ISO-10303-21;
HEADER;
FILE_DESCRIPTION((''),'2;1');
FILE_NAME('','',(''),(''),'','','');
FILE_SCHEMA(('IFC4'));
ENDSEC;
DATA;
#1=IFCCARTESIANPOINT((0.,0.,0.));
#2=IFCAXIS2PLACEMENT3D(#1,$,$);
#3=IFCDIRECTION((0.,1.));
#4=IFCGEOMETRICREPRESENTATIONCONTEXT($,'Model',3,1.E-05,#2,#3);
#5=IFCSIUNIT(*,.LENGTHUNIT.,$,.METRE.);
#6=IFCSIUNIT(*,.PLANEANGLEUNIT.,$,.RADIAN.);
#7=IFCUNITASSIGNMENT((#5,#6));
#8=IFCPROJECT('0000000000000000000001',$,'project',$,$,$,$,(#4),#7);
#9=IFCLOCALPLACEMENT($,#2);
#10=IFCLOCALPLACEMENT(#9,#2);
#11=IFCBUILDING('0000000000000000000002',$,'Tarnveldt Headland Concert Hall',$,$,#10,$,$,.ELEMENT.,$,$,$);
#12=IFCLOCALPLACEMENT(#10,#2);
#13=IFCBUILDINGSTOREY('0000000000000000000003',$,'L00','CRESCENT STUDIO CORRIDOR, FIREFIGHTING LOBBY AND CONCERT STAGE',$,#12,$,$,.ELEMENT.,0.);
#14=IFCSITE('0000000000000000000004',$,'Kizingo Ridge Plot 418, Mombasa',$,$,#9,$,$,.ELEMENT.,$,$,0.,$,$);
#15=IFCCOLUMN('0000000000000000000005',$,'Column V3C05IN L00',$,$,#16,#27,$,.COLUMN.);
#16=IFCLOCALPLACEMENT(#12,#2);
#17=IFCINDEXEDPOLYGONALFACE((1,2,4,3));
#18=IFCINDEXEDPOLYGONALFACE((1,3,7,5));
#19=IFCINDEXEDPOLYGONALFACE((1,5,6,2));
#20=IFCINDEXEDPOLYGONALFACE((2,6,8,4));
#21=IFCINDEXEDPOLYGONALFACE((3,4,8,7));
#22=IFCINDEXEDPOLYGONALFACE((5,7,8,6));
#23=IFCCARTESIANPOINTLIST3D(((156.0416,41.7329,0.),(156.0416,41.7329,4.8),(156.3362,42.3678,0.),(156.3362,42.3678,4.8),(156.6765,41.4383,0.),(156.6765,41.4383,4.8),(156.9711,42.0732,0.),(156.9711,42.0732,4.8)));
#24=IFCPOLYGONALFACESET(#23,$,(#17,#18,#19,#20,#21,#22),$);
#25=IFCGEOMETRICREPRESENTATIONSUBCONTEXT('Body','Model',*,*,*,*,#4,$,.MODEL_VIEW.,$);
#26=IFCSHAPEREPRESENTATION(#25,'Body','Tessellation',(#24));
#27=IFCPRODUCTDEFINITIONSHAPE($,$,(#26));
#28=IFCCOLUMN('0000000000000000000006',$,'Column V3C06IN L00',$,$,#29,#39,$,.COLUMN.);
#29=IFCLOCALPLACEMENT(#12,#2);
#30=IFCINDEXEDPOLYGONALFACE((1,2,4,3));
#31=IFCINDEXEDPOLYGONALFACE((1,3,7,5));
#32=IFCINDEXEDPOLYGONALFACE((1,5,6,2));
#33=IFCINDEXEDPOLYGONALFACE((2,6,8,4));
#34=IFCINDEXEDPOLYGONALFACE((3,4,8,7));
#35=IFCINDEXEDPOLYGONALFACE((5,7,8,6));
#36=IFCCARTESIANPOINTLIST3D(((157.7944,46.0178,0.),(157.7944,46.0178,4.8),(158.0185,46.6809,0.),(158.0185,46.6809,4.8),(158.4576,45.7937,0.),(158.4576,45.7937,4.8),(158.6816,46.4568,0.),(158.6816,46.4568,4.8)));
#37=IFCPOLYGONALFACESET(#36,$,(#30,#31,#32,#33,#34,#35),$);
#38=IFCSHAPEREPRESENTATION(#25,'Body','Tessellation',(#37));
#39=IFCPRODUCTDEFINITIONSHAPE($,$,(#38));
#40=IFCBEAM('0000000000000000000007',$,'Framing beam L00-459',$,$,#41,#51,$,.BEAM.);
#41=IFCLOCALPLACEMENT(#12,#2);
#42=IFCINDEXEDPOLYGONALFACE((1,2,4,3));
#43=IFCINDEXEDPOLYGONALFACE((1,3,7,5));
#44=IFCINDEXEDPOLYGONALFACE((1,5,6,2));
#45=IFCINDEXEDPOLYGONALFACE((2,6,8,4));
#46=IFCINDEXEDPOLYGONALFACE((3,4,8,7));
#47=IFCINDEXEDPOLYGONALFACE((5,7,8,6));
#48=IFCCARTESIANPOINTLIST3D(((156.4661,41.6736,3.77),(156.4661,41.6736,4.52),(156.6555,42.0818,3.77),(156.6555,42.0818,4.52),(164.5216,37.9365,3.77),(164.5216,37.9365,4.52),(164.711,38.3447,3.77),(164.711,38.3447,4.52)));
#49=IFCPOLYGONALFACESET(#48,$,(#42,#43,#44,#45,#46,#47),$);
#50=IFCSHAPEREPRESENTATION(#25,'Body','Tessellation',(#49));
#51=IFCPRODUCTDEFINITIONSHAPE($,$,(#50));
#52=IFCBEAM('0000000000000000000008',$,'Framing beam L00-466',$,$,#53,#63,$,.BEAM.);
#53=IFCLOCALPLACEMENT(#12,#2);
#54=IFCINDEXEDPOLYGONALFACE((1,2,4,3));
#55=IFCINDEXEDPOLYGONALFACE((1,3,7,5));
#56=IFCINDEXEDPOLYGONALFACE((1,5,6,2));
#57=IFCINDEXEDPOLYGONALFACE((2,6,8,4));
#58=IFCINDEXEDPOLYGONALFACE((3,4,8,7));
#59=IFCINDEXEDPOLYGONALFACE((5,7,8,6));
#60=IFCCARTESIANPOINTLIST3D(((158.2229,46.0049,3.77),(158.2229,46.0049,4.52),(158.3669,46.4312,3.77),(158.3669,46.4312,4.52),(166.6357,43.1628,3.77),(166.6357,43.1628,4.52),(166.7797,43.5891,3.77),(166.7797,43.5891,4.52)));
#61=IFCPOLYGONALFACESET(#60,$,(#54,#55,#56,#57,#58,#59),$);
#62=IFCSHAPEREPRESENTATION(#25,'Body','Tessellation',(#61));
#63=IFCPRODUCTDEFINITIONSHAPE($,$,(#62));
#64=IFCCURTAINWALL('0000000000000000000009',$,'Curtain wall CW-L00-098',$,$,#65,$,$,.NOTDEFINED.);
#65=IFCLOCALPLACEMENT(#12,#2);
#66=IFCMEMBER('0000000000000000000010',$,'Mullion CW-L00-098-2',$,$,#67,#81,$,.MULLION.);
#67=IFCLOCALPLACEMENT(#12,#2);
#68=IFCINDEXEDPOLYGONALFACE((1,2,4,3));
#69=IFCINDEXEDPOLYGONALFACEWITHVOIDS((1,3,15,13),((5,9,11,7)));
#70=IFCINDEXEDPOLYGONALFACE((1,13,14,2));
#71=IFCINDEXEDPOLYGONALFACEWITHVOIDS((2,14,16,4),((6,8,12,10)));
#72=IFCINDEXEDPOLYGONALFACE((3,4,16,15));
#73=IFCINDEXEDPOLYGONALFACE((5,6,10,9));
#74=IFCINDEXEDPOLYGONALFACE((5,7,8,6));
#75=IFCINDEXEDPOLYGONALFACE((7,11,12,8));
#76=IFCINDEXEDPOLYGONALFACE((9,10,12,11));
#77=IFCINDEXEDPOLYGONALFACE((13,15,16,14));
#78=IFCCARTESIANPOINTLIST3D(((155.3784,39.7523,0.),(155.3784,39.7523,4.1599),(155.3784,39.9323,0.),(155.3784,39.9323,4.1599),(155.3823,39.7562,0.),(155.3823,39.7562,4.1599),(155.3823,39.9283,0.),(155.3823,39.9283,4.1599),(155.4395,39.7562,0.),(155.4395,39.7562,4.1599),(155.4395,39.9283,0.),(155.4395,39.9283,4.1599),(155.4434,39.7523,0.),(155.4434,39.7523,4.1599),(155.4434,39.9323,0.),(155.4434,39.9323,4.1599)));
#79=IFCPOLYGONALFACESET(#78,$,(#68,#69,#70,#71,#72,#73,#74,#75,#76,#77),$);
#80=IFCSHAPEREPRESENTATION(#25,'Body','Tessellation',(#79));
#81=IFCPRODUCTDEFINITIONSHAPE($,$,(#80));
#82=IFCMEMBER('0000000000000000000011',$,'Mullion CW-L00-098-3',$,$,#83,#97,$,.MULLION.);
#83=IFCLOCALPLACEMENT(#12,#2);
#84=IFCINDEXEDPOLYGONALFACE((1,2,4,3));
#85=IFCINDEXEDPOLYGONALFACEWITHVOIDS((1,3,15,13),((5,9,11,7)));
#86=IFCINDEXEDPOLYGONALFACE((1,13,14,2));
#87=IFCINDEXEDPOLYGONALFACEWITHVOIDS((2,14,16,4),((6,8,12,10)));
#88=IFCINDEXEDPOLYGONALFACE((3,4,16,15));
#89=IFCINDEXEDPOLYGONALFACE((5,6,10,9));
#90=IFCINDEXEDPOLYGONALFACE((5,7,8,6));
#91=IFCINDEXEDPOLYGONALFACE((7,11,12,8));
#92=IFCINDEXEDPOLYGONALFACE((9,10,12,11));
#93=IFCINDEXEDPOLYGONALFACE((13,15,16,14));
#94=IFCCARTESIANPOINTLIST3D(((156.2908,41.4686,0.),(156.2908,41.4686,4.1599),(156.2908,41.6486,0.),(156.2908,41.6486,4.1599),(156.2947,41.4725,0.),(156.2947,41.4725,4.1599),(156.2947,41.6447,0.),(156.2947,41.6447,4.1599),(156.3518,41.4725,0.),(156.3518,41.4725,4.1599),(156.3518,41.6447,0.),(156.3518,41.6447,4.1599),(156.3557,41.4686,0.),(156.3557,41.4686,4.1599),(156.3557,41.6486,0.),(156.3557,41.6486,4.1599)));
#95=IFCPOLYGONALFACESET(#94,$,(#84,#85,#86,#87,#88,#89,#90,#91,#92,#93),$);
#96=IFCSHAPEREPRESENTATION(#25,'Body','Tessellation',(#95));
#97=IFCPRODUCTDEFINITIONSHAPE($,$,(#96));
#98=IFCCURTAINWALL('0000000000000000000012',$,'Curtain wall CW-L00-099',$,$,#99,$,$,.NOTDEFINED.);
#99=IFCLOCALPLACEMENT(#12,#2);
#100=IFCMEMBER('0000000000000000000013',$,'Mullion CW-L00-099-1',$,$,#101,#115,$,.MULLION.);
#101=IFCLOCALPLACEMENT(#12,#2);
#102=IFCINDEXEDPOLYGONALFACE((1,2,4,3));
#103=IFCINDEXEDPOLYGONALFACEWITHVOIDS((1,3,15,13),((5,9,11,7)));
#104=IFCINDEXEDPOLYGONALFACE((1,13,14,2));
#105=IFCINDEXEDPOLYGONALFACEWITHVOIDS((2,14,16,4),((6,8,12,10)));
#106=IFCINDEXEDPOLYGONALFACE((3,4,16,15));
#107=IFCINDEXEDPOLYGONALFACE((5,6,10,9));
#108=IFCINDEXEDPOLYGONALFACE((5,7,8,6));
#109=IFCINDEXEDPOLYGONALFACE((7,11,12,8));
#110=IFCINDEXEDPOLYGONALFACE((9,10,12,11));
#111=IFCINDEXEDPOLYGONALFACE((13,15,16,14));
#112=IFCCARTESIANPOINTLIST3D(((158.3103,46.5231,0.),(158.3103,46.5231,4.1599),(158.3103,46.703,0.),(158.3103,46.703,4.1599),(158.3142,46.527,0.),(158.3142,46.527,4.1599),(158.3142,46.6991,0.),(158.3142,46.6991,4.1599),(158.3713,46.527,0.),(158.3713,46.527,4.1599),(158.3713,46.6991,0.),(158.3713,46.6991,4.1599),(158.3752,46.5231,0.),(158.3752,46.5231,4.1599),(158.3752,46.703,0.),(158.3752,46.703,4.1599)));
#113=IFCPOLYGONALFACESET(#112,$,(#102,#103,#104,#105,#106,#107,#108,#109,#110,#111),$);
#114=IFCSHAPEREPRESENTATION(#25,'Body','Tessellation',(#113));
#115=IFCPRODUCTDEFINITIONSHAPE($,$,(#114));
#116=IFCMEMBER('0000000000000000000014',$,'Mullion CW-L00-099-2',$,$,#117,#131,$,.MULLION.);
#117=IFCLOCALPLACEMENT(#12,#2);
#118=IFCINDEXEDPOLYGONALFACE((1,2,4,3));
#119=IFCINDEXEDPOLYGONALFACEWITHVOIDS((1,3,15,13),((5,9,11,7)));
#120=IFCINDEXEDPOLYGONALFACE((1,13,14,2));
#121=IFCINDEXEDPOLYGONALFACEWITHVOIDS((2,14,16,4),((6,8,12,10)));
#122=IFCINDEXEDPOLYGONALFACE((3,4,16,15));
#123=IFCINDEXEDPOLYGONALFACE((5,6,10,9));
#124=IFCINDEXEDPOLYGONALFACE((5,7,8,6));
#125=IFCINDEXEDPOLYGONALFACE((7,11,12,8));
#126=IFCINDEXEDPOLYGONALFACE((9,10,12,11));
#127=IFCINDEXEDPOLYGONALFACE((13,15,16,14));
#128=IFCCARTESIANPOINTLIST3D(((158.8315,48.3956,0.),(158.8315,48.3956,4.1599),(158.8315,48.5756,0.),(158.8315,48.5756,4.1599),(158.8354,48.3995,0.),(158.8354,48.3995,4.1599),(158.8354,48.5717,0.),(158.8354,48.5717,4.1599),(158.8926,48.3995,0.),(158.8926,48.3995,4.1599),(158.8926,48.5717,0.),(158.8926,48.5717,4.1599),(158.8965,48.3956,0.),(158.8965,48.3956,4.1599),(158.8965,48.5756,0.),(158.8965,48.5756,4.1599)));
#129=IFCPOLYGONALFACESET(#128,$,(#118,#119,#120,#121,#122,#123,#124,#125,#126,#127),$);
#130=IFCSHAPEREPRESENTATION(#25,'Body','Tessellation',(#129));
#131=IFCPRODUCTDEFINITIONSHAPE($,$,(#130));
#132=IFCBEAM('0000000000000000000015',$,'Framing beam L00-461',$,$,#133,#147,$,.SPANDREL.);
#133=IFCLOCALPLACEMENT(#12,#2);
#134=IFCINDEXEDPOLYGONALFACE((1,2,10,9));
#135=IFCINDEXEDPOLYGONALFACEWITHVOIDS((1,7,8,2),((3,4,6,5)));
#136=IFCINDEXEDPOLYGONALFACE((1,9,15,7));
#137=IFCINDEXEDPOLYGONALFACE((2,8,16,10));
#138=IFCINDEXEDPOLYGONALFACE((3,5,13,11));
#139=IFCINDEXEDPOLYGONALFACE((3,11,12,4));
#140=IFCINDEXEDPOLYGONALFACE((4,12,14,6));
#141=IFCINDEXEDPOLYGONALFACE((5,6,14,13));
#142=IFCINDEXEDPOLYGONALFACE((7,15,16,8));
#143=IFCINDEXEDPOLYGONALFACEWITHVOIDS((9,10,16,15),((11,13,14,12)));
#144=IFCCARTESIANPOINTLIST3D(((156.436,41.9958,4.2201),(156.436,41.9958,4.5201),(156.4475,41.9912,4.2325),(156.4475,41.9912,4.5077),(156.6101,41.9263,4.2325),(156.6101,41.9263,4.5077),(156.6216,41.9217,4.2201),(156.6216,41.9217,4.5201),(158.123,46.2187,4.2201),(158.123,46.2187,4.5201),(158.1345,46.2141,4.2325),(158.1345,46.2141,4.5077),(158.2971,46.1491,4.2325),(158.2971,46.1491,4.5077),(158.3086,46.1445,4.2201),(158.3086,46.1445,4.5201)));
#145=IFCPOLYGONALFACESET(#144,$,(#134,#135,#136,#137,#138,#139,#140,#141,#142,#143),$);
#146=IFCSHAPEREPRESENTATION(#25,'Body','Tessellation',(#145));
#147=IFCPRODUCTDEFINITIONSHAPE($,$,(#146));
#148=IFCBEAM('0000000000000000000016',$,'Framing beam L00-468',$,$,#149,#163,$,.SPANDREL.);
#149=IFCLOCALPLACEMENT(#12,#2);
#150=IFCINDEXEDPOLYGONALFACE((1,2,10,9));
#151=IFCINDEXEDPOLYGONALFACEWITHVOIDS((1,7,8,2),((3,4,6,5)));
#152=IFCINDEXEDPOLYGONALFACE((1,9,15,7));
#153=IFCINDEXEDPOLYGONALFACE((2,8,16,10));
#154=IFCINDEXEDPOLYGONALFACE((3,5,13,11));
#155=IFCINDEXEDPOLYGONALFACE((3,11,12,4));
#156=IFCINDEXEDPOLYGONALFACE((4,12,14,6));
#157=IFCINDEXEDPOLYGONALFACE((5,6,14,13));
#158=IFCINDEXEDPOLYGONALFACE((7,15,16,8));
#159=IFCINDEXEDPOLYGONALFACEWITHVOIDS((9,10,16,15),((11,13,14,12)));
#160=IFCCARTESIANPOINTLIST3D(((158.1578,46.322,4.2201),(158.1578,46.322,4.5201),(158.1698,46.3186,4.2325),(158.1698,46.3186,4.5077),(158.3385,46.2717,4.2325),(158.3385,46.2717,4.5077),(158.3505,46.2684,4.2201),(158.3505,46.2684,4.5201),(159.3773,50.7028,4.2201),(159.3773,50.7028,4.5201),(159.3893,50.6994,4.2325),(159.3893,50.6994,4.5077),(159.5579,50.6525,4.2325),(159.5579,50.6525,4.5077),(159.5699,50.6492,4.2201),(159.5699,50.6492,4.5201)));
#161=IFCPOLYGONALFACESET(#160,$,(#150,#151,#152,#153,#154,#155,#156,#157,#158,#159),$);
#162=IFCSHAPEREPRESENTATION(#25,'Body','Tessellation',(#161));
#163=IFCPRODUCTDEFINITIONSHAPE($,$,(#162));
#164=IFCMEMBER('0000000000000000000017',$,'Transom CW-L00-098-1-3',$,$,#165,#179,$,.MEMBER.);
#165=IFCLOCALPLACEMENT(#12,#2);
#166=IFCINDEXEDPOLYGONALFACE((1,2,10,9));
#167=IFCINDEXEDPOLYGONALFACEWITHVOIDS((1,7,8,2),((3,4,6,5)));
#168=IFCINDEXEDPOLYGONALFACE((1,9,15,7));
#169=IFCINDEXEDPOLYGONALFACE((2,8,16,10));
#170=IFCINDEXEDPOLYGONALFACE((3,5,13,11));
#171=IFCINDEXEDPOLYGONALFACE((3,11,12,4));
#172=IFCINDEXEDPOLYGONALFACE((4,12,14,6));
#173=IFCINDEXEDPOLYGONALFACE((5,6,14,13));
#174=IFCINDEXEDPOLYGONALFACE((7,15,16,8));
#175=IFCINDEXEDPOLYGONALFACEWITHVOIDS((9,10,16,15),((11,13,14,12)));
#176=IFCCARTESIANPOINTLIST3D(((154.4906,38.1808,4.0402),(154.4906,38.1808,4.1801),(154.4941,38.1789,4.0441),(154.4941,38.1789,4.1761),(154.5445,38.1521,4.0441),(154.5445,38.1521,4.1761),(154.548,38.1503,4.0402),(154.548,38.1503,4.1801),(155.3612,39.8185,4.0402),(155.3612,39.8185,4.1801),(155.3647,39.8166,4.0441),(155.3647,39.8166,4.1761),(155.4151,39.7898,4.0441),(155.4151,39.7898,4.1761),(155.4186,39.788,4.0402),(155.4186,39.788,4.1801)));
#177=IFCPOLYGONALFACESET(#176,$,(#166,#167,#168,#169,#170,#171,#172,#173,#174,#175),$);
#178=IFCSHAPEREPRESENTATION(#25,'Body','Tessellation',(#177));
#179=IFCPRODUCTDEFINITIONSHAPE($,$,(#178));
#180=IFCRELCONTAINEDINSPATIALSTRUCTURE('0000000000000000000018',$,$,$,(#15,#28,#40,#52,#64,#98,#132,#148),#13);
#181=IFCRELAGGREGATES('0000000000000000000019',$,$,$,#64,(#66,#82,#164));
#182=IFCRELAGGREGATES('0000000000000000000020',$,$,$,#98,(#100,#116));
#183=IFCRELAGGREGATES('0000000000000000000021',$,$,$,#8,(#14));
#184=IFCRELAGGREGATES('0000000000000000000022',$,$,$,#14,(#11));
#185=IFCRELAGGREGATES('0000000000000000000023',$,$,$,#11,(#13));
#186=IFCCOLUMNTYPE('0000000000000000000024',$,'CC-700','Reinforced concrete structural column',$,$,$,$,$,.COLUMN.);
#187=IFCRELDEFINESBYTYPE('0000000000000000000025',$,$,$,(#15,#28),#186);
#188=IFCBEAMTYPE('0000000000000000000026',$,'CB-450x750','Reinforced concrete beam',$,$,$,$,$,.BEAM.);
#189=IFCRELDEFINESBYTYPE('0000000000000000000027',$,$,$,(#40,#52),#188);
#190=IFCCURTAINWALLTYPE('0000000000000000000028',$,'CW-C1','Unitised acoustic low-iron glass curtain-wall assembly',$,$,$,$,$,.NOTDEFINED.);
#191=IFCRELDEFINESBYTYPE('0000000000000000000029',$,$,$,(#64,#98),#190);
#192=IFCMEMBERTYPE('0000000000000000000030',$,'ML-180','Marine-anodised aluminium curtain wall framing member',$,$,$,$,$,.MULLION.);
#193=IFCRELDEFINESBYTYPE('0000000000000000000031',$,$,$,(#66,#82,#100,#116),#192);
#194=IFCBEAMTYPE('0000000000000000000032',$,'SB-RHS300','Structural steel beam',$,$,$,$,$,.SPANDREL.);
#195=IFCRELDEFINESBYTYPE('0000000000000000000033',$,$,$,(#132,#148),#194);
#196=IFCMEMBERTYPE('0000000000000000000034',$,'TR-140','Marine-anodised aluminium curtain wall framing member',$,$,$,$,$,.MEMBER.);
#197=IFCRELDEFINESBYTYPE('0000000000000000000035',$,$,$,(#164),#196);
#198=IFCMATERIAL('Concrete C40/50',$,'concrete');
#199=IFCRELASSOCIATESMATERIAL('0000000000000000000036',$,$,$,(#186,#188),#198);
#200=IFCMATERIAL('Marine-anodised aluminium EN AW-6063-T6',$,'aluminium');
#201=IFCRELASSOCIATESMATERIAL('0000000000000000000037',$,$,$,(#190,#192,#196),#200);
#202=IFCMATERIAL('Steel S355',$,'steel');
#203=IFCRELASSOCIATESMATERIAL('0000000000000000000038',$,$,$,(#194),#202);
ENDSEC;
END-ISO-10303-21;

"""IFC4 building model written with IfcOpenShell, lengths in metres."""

from ifc_helpers import new_model, si_unit, direction, frame, origin, origin_2d, place, context, subcontext, project, spatial, rectangle, hollow_rectangle, extrude, material, material_profile, profile_set, type_object, element, aggregate, save


model = new_model("IFC4")

# Units and contexts
model_context = context("Model", 3, precision=1e-05, world=origin(), true_north=direction((0.0, 1.0)))
body_context = subcontext(model_context, "Body", "Model", "MODEL_VIEW")
ifc_project = project(units=[si_unit("LENGTHUNIT", "METRE"), si_unit("PLANEANGLEUNIT", "RADIAN")], contexts=[model_context])

# Site, building, storey
site_placement = place(None, origin())
site = spatial("IfcSite", under=ifc_project, at=site_placement, Name="Kizingo Ridge Plot 418, Mombasa", CompositionType="ELEMENT", RefElevation=0.0)
building_placement = place(site_placement, origin())
building = spatial("IfcBuilding", under=site, at=building_placement, Name="Tarnveldt Headland Concert Hall", CompositionType="ELEMENT")
storey_placement = place(building_placement, origin())
storey = spatial("IfcBuildingStorey", under=building, at=storey_placement, Name="L00", Description="CRESCENT STUDIO CORRIDOR, FIREFIGHTING LOBBY AND CONCERT STAGE", CompositionType="ELEMENT", Elevation=0.0)

# Columns
ifc_material_1 = material(Name="Concrete C40/50", Category="concrete")
ifc_material_profile_1 = material_profile(ifc_material_1, rectangle(XDim=0.7, YDim=0.7, at=origin_2d()), Name="RC 700x700", Category="concrete")
ifc_profile_set_1 = profile_set([ifc_material_profile_1], Name="Concrete C40/50")
column_type = type_object("IfcColumnType", Name="CC-700", Description="Reinforced concrete structural column", PredefinedType="COLUMN", material=ifc_profile_set_1)
for number, where, z_axis, x_axis, name in (
    (1, (156.5063, 41.9031, 0.0), (0.0, 0.0, 1.0), (0.907117, -0.420877, 0.0), "Column V3C05IN L00"),
    (2, (158.238, 46.2373, 0.0), (0.0, 0.0, 1.0), (0.947378, -0.320117, 0.0), "Column V3C06IN L00"),
):
    element("IfcColumn", number, at=place(storey_placement, frame(where, z_axis=z_axis, x_axis=x_axis)), inside=storey, type_object=column_type, Name=name, PredefinedType="COLUMN", context=body_context, shape_type="SweptSolid", body=[
        extrude(rectangle(XDim=0.7, YDim=0.7, at=origin_2d()), origin(), (0.0, 0.0, 1.0), 4.8),
    ])

# Beams
ifc_material_profile_2 = material_profile(ifc_material_1, rectangle(XDim=0.45, YDim=0.75, at=origin_2d()), Name="RC 450x750", Category="concrete")
ifc_profile_set_2 = profile_set([ifc_material_profile_2], Name="Concrete C40/50")
beam_type_1 = type_object("IfcBeamType", Name="CB-450x750", Description="Reinforced concrete beam", PredefinedType="BEAM", material=ifc_profile_set_2)
beam_1_placement = place(storey_placement, frame((156.5608, 41.8777, 4.145), z_axis=(0.907136, -0.420837, 0.0), x_axis=(0.420837, 0.907136, 0.0)))
element("IfcBeam", 3, at=beam_1_placement, inside=storey, type_object=beam_type_1, Name="Framing beam L00-459", PredefinedType="BEAM", context=body_context, shape_type="SweptSolid", body=[
    extrude(rectangle(XDim=0.45, YDim=0.75, at=origin_2d()), origin(), (0.0, 0.0, 1.0), 8.8801),
])
beam_2_placement = place(storey_placement, frame((158.2949, 46.218, 4.145), z_axis=(0.9474, -0.320052, 0.0), x_axis=(0.320052, 0.9474, 0.0)))
element("IfcBeam", 4, at=beam_2_placement, inside=storey, type_object=beam_type_1, Name="Framing beam L00-466", PredefinedType="BEAM", context=body_context, shape_type="SweptSolid", body=[
    extrude(rectangle(XDim=0.45, YDim=0.75, at=origin_2d()), origin(), (0.0, 0.0, 1.0), 8.8799),
])

# Curtain walls, members
ifc_material_2 = material(Name="Marine-anodised aluminium EN AW-6063-T6", Category="aluminium")
curtain_wall_type = type_object("IfcCurtainWallType", Name="CW-C1", Description="Unitised acoustic low-iron glass curtain-wall assembly", PredefinedType="NOTDEFINED", material=ifc_material_2)
curtain_wall_1_placement = place(storey_placement, origin())
curtain_wall_1 = element("IfcCurtainWall", 5, at=curtain_wall_1_placement, inside=storey, type_object=curtain_wall_type, Name="Curtain wall CW-L00-098", PredefinedType="NOTDEFINED")
ifc_material_profile_3 = material_profile(ifc_material_2, hollow_rectangle(XDim=0.0649, YDim=0.1799, WallThickness=0.0039, at=origin_2d()), Name="ALU MULLION 65x180x4", Category="aluminium")
ifc_profile_set_3 = profile_set([ifc_material_profile_3], Name="Marine-anodised aluminium EN AW-6063-T6")
member_type_1 = type_object("IfcMemberType", Name="ML-180", Description="Marine-anodised aluminium curtain wall framing member", PredefinedType="MULLION", material=ifc_profile_set_3)
member_1_placement = place(storey_placement, frame((155.4109, 39.8423, 0.0), z_axis=(0.0, 0.0, 1.0), x_axis=(1.0, 0.0, 0.0)))
member_1 = element("IfcMember", 6, at=member_1_placement, type_object=member_type_1, Name="Mullion CW-L00-098-2", PredefinedType="MULLION", context=body_context, shape_type="SweptSolid", body=[
    extrude(hollow_rectangle(XDim=0.0649, YDim=0.1799, WallThickness=0.0039, at=origin_2d()), origin(), (0.0, 0.0, 1.0), 4.1599),
])
member_2_placement = place(storey_placement, frame((156.3232, 41.5586, 0.0), z_axis=(0.0, 0.0, 1.0), x_axis=(1.0, 0.0, 0.0)))
member_2 = element("IfcMember", 7, at=member_2_placement, type_object=member_type_1, Name="Mullion CW-L00-098-3", PredefinedType="MULLION", context=body_context, shape_type="SweptSolid", body=[
    extrude(hollow_rectangle(XDim=0.0649, YDim=0.1799, WallThickness=0.0039, at=origin_2d()), origin(), (0.0, 0.0, 1.0), 4.1599),
])
curtain_wall_2_placement = place(storey_placement, origin())
curtain_wall_2 = element("IfcCurtainWall", 8, at=curtain_wall_2_placement, inside=storey, type_object=curtain_wall_type, Name="Curtain wall CW-L00-099", PredefinedType="NOTDEFINED")
member_3_placement = place(storey_placement, frame((158.3428, 46.613, 0.0), z_axis=(0.0, 0.0, 1.0), x_axis=(1.0, 0.0, 0.0)))
member_3 = element("IfcMember", 9, at=member_3_placement, type_object=member_type_1, Name="Mullion CW-L00-099-1", PredefinedType="MULLION", context=body_context, shape_type="SweptSolid", body=[
    extrude(hollow_rectangle(XDim=0.0649, YDim=0.1799, WallThickness=0.0039, at=origin_2d()), origin(), (0.0, 0.0, 1.0), 4.1599),
])
member_4_placement = place(storey_placement, frame((158.864, 48.4856, 0.0), z_axis=(0.0, 0.0, 1.0), x_axis=(1.0, 0.0, 0.0)))
member_4 = element("IfcMember", 10, at=member_4_placement, type_object=member_type_1, Name="Mullion CW-L00-099-2", PredefinedType="MULLION", context=body_context, shape_type="SweptSolid", body=[
    extrude(hollow_rectangle(XDim=0.0649, YDim=0.1799, WallThickness=0.0039, at=origin_2d()), origin(), (0.0, 0.0, 1.0), 4.1599),
])

# Beams
ifc_material_3 = material(Name="Steel S355", Category="steel")
ifc_material_profile_4 = material_profile(ifc_material_3, hollow_rectangle(XDim=0.2, YDim=0.3, WallThickness=0.0125, at=origin_2d()), Name="RHS 300x200x12.5", Category="steel")
ifc_profile_set_4 = profile_set([ifc_material_profile_4], Name="Steel S355")
beam_type_2 = type_object("IfcBeamType", Name="SB-RHS300", Description="Structural steel beam", PredefinedType="SPANDREL", material=ifc_profile_set_4)
for number, where, z_axis, x_axis, name in (
    (11, (156.5288, 41.9587, 4.3701), (0.370983, 0.92864, 0.0), (-0.92864, 0.370983, 0.0), "Framing beam L00-461"),
    (12, (158.2542, 46.2952, 4.3701), (0.26817, 0.963372, 0.0), (-0.963372, 0.26817, 0.0), "Framing beam L00-468"),
):
    element("IfcBeam", number, at=place(storey_placement, frame(where, z_axis=z_axis, x_axis=x_axis)), inside=storey, type_object=beam_type_2, Name=name, PredefinedType="SPANDREL", context=body_context, shape_type="SweptSolid", body=[
        extrude(hollow_rectangle(XDim=0.2, YDim=0.3, WallThickness=0.0125, at=origin_2d()), origin(), (0.0, 0.0, 1.0), 4.5474),
    ])

# Member
ifc_material_profile_5 = material_profile(ifc_material_2, hollow_rectangle(XDim=0.0649, YDim=0.1399, WallThickness=0.0039, at=origin_2d()), Name="ALU TRANSOM 65x140x4", Category="aluminium")
ifc_profile_set_5 = profile_set([ifc_material_profile_5], Name="Marine-anodised aluminium EN AW-6063-T6")
member_type_2 = type_object("IfcMemberType", Name="TR-140", Description="Marine-anodised aluminium curtain wall framing member", PredefinedType="MEMBER", material=ifc_profile_set_5)
member_5_placement = place(storey_placement, frame((154.5193, 38.1655, 4.1101), z_axis=(0.469399, 0.882986, 0.0), x_axis=(-0.882986, 0.469399, 0.0)))
member_5 = element("IfcMember", 13, at=member_5_placement, type_object=member_type_2, Name="Transom CW-L00-098-1-3", PredefinedType="MEMBER", context=body_context, shape_type="SweptSolid", body=[
    extrude(hollow_rectangle(XDim=0.0649, YDim=0.1399, WallThickness=0.0039, at=origin_2d()), origin(), (0.0, 0.0, 1.0), 1.8547),
])

aggregate(curtain_wall_1, [member_1, member_2, member_5])
aggregate(curtain_wall_2, [member_3, member_4])

save(model, "model.ifc")
